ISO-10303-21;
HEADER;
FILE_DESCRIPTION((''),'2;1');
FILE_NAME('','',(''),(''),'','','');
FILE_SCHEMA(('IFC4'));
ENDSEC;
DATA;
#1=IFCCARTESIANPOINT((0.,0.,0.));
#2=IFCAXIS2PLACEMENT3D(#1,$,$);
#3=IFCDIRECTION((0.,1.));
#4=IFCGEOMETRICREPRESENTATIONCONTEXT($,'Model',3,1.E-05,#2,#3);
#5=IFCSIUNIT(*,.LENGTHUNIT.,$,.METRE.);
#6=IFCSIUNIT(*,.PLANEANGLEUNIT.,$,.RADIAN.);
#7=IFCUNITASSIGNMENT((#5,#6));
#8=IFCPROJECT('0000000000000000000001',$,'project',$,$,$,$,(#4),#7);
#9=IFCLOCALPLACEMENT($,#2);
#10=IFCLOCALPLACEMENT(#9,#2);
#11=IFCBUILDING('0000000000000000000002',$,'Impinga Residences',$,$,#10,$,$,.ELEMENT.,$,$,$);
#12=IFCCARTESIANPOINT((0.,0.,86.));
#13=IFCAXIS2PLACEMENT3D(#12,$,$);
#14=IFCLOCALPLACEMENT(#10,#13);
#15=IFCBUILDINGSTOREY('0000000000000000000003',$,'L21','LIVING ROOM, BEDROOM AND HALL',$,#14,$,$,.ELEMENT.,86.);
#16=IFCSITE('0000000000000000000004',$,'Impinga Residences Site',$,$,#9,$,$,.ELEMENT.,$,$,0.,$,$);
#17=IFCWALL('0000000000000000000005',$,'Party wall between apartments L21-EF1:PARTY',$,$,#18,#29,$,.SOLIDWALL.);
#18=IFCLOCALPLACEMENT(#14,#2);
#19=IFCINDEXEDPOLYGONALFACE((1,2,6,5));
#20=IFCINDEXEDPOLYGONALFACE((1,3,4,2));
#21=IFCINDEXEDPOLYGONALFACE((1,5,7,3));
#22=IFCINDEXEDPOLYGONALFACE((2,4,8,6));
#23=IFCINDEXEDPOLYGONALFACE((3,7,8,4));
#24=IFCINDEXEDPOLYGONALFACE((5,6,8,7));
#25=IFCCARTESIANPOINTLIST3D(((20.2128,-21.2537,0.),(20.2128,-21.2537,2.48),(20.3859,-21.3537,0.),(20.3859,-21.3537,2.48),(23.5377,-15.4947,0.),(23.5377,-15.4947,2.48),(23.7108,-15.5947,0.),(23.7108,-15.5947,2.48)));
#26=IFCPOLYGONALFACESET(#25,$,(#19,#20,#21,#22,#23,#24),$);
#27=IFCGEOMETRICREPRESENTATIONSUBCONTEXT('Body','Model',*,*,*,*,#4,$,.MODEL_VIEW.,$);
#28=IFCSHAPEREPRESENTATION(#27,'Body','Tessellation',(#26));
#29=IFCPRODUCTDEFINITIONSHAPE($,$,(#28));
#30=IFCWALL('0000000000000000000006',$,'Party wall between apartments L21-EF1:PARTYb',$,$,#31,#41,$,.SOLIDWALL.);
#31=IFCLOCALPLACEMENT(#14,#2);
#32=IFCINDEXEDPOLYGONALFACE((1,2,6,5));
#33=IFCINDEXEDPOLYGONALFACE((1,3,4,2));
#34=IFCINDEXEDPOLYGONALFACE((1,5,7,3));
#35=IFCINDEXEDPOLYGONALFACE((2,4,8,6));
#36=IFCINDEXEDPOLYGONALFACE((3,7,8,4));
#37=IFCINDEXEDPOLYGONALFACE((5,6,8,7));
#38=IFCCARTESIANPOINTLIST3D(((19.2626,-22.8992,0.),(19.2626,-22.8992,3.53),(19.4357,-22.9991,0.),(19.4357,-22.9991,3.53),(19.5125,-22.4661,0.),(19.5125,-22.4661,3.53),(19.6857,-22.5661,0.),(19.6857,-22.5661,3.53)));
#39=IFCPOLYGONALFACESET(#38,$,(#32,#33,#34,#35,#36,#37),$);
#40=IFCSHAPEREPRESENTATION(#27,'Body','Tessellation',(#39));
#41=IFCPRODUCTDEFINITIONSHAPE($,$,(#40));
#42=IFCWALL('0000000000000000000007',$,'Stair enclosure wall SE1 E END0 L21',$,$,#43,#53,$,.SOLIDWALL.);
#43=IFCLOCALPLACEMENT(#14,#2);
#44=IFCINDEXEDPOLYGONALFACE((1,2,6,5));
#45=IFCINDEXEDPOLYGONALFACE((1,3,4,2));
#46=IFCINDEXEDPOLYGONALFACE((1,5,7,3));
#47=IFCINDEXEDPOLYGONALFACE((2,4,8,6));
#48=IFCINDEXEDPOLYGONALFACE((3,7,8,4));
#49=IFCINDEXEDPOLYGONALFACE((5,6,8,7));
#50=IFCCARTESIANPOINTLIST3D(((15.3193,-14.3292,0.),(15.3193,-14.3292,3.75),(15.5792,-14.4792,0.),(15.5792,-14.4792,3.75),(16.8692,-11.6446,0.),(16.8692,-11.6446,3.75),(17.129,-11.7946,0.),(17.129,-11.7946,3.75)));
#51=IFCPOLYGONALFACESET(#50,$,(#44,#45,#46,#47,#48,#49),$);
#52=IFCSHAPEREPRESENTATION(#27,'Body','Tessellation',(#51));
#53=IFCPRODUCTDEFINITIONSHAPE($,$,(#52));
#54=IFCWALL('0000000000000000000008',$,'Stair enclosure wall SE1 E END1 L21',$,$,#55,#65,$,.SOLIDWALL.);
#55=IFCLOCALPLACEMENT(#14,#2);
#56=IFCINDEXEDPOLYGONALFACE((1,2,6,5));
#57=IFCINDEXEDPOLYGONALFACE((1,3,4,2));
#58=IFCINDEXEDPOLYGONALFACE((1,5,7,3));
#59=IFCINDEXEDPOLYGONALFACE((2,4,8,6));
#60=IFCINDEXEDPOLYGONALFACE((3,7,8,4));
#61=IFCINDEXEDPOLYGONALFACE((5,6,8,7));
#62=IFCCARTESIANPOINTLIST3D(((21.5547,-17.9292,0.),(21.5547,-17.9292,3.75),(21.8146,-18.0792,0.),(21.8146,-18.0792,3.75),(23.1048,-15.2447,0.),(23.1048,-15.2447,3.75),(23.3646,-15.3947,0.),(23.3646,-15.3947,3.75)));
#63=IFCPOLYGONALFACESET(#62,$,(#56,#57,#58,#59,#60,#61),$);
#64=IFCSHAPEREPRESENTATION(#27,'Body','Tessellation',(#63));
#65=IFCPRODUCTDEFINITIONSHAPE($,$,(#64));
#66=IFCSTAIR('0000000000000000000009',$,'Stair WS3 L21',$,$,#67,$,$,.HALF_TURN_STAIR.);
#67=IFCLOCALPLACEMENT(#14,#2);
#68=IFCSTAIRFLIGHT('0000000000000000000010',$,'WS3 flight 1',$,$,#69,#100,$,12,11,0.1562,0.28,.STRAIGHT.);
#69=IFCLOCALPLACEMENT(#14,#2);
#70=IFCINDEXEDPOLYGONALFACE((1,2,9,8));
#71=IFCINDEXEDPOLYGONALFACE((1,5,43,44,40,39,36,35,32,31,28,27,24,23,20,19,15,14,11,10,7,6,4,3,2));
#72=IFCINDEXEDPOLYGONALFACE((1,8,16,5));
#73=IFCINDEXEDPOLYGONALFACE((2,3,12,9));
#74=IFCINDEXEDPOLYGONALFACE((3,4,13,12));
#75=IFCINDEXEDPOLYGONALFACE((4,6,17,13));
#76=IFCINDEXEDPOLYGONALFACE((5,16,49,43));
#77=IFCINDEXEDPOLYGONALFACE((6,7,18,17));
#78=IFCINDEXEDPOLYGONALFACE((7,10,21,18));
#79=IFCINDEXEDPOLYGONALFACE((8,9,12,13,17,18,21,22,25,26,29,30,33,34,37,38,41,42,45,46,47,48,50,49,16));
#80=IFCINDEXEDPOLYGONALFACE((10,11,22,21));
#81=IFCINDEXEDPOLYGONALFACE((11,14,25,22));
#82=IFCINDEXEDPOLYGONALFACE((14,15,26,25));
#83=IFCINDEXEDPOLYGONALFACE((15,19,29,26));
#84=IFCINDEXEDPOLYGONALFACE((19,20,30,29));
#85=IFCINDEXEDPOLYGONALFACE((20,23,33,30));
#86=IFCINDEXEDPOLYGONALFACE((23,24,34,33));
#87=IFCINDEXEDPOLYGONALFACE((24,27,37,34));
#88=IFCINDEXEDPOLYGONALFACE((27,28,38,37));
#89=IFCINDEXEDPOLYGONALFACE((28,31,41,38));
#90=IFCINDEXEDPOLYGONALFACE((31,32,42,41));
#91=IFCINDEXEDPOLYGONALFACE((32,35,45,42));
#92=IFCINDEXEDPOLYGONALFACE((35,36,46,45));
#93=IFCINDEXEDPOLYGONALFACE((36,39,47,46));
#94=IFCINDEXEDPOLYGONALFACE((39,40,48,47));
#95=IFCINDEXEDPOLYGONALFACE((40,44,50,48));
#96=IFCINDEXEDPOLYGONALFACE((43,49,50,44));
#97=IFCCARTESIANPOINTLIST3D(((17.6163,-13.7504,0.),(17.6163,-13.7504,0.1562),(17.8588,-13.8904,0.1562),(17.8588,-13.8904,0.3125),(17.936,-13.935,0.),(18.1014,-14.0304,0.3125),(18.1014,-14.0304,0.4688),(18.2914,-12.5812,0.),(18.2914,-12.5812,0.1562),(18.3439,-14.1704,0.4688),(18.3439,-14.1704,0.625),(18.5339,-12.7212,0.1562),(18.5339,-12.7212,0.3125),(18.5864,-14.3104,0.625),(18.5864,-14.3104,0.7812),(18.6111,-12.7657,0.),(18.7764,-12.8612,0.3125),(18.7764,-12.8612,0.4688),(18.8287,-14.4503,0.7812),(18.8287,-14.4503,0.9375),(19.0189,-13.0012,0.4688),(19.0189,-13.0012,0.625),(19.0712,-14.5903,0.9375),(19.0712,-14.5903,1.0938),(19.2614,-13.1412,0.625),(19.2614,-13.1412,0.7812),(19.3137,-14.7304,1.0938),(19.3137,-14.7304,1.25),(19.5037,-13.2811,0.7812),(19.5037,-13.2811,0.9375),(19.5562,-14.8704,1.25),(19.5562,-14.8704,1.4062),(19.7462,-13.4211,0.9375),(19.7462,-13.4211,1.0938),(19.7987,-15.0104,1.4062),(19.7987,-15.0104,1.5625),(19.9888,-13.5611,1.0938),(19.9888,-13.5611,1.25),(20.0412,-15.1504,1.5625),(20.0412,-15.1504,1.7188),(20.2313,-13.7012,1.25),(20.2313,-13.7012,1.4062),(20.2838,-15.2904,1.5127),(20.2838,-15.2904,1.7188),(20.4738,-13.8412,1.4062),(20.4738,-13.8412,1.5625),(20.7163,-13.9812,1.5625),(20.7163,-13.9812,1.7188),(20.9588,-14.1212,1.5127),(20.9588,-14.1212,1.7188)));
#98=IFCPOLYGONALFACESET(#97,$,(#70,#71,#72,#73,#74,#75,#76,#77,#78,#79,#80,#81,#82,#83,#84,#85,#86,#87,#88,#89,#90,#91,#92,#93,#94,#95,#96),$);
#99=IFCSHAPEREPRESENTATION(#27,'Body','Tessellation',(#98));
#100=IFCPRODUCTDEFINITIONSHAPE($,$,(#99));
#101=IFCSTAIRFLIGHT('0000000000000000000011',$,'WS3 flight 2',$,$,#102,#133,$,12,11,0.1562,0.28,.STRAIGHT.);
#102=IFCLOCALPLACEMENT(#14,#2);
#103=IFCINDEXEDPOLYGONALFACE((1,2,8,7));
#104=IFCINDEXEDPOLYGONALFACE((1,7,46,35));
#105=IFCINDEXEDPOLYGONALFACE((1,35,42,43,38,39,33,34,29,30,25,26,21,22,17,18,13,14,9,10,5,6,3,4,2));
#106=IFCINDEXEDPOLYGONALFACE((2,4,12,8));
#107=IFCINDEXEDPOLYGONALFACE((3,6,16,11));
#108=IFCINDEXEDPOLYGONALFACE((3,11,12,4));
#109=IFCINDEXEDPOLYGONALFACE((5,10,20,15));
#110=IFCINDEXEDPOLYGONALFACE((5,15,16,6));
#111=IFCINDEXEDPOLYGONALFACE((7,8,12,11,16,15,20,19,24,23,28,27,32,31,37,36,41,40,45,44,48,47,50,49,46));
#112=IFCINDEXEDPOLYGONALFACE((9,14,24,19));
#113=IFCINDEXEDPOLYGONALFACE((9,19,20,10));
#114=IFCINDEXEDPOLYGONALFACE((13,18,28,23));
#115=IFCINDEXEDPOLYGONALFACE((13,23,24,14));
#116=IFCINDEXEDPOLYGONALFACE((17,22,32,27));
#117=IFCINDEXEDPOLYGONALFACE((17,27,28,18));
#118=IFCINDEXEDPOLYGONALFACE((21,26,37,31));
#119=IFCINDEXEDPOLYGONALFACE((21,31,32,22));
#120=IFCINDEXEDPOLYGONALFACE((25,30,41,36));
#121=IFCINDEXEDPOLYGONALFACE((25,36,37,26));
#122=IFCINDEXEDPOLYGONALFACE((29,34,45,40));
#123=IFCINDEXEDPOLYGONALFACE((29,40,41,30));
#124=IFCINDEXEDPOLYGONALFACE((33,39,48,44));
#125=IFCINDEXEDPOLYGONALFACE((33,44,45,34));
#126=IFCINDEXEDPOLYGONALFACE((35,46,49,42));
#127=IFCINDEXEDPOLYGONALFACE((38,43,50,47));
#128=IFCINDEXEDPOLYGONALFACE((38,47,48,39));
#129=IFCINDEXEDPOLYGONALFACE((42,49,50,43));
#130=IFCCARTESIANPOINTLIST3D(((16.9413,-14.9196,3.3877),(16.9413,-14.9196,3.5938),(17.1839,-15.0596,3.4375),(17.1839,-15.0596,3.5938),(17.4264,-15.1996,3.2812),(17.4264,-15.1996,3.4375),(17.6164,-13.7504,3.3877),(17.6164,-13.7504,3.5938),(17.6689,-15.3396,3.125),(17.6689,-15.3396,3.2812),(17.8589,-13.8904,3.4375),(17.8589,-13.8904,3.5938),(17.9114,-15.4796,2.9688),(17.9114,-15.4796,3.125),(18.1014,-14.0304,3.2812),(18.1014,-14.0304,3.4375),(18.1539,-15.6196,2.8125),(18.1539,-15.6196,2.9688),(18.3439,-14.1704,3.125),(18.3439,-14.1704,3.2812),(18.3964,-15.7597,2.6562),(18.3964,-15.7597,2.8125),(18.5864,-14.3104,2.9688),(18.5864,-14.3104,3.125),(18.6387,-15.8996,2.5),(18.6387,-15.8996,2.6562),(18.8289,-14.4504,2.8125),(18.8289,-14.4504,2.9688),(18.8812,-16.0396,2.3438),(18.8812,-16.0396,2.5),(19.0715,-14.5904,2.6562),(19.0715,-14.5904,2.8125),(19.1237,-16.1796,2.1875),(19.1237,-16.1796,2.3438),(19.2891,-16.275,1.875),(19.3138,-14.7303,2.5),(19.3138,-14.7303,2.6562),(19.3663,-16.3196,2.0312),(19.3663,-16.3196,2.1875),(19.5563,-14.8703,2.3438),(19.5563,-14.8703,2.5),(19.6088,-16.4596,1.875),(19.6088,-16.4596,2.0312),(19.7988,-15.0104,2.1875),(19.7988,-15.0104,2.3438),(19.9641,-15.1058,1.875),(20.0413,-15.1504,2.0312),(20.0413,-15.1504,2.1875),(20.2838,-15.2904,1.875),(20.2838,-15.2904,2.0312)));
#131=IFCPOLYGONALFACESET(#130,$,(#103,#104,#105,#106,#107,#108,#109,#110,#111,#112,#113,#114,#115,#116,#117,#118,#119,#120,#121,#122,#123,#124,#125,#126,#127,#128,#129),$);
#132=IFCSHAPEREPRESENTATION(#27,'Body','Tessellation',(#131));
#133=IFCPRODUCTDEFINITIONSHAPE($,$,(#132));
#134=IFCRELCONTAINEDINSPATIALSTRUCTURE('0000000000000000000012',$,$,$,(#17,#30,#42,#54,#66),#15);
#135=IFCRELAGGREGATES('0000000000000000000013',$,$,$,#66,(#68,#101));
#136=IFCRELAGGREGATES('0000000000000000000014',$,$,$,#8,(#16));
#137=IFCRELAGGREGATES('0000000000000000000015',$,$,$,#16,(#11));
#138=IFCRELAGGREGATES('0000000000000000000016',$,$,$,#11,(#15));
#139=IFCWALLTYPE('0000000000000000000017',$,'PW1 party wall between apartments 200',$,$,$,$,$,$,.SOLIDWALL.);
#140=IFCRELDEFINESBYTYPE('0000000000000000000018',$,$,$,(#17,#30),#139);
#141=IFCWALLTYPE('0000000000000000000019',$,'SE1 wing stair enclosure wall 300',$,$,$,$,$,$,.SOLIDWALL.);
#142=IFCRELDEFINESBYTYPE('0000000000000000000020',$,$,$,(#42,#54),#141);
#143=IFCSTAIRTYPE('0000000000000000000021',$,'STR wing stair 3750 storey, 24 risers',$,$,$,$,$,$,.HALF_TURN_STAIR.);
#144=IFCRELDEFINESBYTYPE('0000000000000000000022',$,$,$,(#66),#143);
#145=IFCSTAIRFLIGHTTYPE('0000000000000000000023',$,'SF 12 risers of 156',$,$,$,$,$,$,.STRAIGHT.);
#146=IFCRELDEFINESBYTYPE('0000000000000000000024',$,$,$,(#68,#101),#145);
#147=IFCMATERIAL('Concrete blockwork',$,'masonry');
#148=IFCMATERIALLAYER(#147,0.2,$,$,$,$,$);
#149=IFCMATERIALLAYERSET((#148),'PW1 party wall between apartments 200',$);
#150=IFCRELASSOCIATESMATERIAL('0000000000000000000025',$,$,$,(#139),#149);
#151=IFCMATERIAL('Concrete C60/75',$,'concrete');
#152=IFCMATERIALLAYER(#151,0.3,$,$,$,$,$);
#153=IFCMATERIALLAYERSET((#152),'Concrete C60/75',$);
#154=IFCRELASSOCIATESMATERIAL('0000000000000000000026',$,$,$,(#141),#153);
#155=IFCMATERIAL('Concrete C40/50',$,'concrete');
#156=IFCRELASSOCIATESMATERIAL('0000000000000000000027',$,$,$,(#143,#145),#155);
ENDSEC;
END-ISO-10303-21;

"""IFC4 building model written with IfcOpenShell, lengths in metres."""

from ifc_helpers import new_model, si_unit, direction, frame, frame_2d, origin, place, context, subcontext, project, spatial, polyline, rectangle, outline, extrude, material, layer, layer_set, type_object, element, aggregate, save


model = new_model("IFC4")

# Units and contexts
model_context = context("Model", 3, precision=1e-05, world=origin(), true_north=direction((0.0, 1.0)))
body_context = subcontext(model_context, "Body", "Model", "MODEL_VIEW")
ifc_project = project(units=[si_unit("LENGTHUNIT", "METRE"), si_unit("PLANEANGLEUNIT", "RADIAN")], contexts=[model_context])

# Site, building, storey
site_placement = place(None, origin())
site = spatial("IfcSite", under=ifc_project, at=site_placement, Name="Impinga Residences Site", CompositionType="ELEMENT", RefElevation=0.0)
building_placement = place(site_placement, origin())
building = spatial("IfcBuilding", under=site, at=building_placement, Name="Impinga Residences", CompositionType="ELEMENT")
storey_placement = place(building_placement, frame((0.0, 0.0, 86.0)))
storey = spatial("IfcBuildingStorey", under=building, at=storey_placement, Name="L21", Description="LIVING ROOM, BEDROOM AND HALL", CompositionType="ELEMENT", Elevation=86.0)

# Shared definitions
ifc_material_1 = material(Name="Concrete C60/75", Category="concrete")

# Shared definitions
ifc_material_2 = material(Name="Concrete blockwork", Category="masonry")

# Walls
ifc_layer_1 = layer(ifc_material_2, 0.2)
ifc_layer_set_1 = layer_set([ifc_layer_1], Name="PW1 party wall between apartments 200")
wall_type_1 = type_object("IfcWallType", Name="PW1 party wall between apartments 200", PredefinedType="SOLIDWALL", material=ifc_layer_set_1)
wall_1_placement = place(storey_placement, frame((23.6243, -15.5447, 0.0), z_axis=(0.0, 0.0, 1.0), x_axis=(-0.499997, -0.866027, 0.0)))
element("IfcWall", 1, at=wall_1_placement, inside=storey, type_object=wall_type_1, Name="Party wall between apartments L21-EF1:PARTY", PredefinedType="SOLIDWALL", context=body_context, shape_type="SweptSolid", body=[
    extrude(rectangle(XDim=6.6499, YDim=0.2, at=frame_2d((3.325, 0.0))), origin(), (0.0, 0.0, 1.0), 2.48),
])
wall_2_placement = place(storey_placement, frame((19.5991, -22.5161, 0.0), z_axis=(0.0, 0.0, 1.0), x_axis=(-0.49992, -0.866072, 0.0)))
element("IfcWall", 2, at=wall_2_placement, inside=storey, type_object=wall_type_1, Name="Party wall between apartments L21-EF1:PARTYb", PredefinedType="SOLIDWALL", context=body_context, shape_type="SweptSolid", body=[
    extrude(rectangle(XDim=0.5, YDim=0.2, at=frame_2d((0.25, 0.0))), origin(), (0.0, 0.0, 1.0), 3.53),
])
ifc_layer_2 = layer(ifc_material_1, 0.3)
ifc_layer_set_2 = layer_set([ifc_layer_2], Name="Concrete C60/75")
wall_type_2 = type_object("IfcWallType", Name="SE1 wing stair enclosure wall 300", PredefinedType="SOLIDWALL", material=ifc_layer_set_2)
for number, where, z_axis, x_axis, name in (
    (3, (16.999, -11.7197, 0.0), (0.0, 0.0, 1.0), (-0.499968, -0.866044, 0.0), "Stair enclosure wall SE1 E END0 L21"),
    (4, (23.2346, -15.3198, 0.0), (0.0, 0.0, 1.0), (-0.500027, -0.86601, 0.0), "Stair enclosure wall SE1 E END1 L21"),
):
    element("IfcWall", number, at=place(storey_placement, frame(where, z_axis=z_axis, x_axis=x_axis)), inside=storey, type_object=wall_type_2, Name=name, PredefinedType="SOLIDWALL", context=body_context, shape_type="SweptSolid", body=[
        extrude(rectangle(XDim=3.0999, YDim=0.3, at=frame_2d((1.5498, 0.0))), origin(), (0.0, 0.0, 1.0), 3.75),
    ])

# Stair, stair flights
ifc_material_3 = material(Name="Concrete C40/50", Category="concrete")
stair_type = type_object("IfcStairType", Name="STR wing stair 3750 storey, 24 risers", PredefinedType="HALF_TURN_STAIR", material=ifc_material_3)
stair_placement = place(storey_placement, origin())
stair = element("IfcStair", 5, at=stair_placement, inside=storey, type_object=stair_type, Name="Stair WS3 L21", PredefinedType="HALF_TURN_STAIR")
stair_flight_type = type_object("IfcStairFlightType", Name="SF 12 risers of 156", PredefinedType="STRAIGHT", material=ifc_material_3)
stair_flight_1_placement = place(storey_placement, frame((17.9539, -13.1658, 0.0), z_axis=(0.0, 0.0, 1.0), x_axis=(0.866025, -0.5, 0.0)))
stair_flight_1 = element("IfcStairFlight", 6, at=stair_flight_1_placement, type_object=stair_flight_type, Name="WS3 flight 1", NumberOfRisers=12, NumberOfTreads=11, PredefinedType="STRAIGHT", RiserHeight=0.1562, TreadLength=0.28, context=body_context, shape_type="SweptSolid", body=[
    extrude(outline(polyline([(0.0, 0.0), (0.0, 0.1562), (0.28, 0.1562), (0.28, 0.3125), (0.5601, 0.3125), (0.5601, 0.4688), (0.8401, 0.4688), (0.8401, 0.625), (1.1201, 0.625), (1.1201, 0.7812), (1.3999, 0.7812), (1.3999, 0.9375), (1.6799, 0.9375), (1.6799, 1.0938), (1.96, 1.0938), (1.96, 1.25), (2.24, 1.25), (2.24, 1.4062), (2.52, 1.4062), (2.52, 1.5625), (2.8, 1.5625), (2.8, 1.7188), (3.0801, 1.7188), (3.0801, 1.875), (3.0801, 1.5127), (0.3691, 0.0), (0.0, 0.0)])), frame((0.0, 0.675, 0.0), z_axis=(0.0, -1.0, 0.0), x_axis=(1.0, 0.0, 0.0)), (0.0, 0.0, 1.0), 1.3501),
])
stair_flight_2_placement = place(storey_placement, frame((19.9463, -15.875, 1.875), z_axis=(0.0, 0.0, 1.0), x_axis=(-0.866025, 0.5, 0.0)))
stair_flight_2 = element("IfcStairFlight", 7, at=stair_flight_2_placement, type_object=stair_flight_type, Name="WS3 flight 2", NumberOfRisers=12, NumberOfTreads=11, PredefinedType="STRAIGHT", RiserHeight=0.1562, TreadLength=0.28, context=body_context, shape_type="SweptSolid", body=[
    extrude(outline(polyline([(0.0, 0.0), (0.0, 0.1562), (0.28, 0.1562), (0.28, 0.3125), (0.5601, 0.3125), (0.5601, 0.4688), (0.8401, 0.4688), (0.8401, 0.625), (1.1201, 0.625), (1.1201, 0.7812), (1.3999, 0.7812), (1.3999, 0.9375), (1.6799, 0.9375), (1.6799, 1.0938), (1.96, 1.0938), (1.96, 1.25), (2.24, 1.25), (2.24, 1.4062), (2.52, 1.4062), (2.52, 1.5625), (2.8, 1.5625), (2.8, 1.7188), (3.0801, 1.7188), (3.0801, 1.875), (3.0801, 1.5127), (0.3691, 0.0), (0.0, 0.0)])), frame((0.0, 0.675, 0.0), z_axis=(0.0, -1.0, 0.0), x_axis=(1.0, 0.0, 0.0)), (0.0, 0.0, 1.0), 1.3501),
])
aggregate(stair, [stair_flight_1, stair_flight_2])

save(model, "model.ifc")
